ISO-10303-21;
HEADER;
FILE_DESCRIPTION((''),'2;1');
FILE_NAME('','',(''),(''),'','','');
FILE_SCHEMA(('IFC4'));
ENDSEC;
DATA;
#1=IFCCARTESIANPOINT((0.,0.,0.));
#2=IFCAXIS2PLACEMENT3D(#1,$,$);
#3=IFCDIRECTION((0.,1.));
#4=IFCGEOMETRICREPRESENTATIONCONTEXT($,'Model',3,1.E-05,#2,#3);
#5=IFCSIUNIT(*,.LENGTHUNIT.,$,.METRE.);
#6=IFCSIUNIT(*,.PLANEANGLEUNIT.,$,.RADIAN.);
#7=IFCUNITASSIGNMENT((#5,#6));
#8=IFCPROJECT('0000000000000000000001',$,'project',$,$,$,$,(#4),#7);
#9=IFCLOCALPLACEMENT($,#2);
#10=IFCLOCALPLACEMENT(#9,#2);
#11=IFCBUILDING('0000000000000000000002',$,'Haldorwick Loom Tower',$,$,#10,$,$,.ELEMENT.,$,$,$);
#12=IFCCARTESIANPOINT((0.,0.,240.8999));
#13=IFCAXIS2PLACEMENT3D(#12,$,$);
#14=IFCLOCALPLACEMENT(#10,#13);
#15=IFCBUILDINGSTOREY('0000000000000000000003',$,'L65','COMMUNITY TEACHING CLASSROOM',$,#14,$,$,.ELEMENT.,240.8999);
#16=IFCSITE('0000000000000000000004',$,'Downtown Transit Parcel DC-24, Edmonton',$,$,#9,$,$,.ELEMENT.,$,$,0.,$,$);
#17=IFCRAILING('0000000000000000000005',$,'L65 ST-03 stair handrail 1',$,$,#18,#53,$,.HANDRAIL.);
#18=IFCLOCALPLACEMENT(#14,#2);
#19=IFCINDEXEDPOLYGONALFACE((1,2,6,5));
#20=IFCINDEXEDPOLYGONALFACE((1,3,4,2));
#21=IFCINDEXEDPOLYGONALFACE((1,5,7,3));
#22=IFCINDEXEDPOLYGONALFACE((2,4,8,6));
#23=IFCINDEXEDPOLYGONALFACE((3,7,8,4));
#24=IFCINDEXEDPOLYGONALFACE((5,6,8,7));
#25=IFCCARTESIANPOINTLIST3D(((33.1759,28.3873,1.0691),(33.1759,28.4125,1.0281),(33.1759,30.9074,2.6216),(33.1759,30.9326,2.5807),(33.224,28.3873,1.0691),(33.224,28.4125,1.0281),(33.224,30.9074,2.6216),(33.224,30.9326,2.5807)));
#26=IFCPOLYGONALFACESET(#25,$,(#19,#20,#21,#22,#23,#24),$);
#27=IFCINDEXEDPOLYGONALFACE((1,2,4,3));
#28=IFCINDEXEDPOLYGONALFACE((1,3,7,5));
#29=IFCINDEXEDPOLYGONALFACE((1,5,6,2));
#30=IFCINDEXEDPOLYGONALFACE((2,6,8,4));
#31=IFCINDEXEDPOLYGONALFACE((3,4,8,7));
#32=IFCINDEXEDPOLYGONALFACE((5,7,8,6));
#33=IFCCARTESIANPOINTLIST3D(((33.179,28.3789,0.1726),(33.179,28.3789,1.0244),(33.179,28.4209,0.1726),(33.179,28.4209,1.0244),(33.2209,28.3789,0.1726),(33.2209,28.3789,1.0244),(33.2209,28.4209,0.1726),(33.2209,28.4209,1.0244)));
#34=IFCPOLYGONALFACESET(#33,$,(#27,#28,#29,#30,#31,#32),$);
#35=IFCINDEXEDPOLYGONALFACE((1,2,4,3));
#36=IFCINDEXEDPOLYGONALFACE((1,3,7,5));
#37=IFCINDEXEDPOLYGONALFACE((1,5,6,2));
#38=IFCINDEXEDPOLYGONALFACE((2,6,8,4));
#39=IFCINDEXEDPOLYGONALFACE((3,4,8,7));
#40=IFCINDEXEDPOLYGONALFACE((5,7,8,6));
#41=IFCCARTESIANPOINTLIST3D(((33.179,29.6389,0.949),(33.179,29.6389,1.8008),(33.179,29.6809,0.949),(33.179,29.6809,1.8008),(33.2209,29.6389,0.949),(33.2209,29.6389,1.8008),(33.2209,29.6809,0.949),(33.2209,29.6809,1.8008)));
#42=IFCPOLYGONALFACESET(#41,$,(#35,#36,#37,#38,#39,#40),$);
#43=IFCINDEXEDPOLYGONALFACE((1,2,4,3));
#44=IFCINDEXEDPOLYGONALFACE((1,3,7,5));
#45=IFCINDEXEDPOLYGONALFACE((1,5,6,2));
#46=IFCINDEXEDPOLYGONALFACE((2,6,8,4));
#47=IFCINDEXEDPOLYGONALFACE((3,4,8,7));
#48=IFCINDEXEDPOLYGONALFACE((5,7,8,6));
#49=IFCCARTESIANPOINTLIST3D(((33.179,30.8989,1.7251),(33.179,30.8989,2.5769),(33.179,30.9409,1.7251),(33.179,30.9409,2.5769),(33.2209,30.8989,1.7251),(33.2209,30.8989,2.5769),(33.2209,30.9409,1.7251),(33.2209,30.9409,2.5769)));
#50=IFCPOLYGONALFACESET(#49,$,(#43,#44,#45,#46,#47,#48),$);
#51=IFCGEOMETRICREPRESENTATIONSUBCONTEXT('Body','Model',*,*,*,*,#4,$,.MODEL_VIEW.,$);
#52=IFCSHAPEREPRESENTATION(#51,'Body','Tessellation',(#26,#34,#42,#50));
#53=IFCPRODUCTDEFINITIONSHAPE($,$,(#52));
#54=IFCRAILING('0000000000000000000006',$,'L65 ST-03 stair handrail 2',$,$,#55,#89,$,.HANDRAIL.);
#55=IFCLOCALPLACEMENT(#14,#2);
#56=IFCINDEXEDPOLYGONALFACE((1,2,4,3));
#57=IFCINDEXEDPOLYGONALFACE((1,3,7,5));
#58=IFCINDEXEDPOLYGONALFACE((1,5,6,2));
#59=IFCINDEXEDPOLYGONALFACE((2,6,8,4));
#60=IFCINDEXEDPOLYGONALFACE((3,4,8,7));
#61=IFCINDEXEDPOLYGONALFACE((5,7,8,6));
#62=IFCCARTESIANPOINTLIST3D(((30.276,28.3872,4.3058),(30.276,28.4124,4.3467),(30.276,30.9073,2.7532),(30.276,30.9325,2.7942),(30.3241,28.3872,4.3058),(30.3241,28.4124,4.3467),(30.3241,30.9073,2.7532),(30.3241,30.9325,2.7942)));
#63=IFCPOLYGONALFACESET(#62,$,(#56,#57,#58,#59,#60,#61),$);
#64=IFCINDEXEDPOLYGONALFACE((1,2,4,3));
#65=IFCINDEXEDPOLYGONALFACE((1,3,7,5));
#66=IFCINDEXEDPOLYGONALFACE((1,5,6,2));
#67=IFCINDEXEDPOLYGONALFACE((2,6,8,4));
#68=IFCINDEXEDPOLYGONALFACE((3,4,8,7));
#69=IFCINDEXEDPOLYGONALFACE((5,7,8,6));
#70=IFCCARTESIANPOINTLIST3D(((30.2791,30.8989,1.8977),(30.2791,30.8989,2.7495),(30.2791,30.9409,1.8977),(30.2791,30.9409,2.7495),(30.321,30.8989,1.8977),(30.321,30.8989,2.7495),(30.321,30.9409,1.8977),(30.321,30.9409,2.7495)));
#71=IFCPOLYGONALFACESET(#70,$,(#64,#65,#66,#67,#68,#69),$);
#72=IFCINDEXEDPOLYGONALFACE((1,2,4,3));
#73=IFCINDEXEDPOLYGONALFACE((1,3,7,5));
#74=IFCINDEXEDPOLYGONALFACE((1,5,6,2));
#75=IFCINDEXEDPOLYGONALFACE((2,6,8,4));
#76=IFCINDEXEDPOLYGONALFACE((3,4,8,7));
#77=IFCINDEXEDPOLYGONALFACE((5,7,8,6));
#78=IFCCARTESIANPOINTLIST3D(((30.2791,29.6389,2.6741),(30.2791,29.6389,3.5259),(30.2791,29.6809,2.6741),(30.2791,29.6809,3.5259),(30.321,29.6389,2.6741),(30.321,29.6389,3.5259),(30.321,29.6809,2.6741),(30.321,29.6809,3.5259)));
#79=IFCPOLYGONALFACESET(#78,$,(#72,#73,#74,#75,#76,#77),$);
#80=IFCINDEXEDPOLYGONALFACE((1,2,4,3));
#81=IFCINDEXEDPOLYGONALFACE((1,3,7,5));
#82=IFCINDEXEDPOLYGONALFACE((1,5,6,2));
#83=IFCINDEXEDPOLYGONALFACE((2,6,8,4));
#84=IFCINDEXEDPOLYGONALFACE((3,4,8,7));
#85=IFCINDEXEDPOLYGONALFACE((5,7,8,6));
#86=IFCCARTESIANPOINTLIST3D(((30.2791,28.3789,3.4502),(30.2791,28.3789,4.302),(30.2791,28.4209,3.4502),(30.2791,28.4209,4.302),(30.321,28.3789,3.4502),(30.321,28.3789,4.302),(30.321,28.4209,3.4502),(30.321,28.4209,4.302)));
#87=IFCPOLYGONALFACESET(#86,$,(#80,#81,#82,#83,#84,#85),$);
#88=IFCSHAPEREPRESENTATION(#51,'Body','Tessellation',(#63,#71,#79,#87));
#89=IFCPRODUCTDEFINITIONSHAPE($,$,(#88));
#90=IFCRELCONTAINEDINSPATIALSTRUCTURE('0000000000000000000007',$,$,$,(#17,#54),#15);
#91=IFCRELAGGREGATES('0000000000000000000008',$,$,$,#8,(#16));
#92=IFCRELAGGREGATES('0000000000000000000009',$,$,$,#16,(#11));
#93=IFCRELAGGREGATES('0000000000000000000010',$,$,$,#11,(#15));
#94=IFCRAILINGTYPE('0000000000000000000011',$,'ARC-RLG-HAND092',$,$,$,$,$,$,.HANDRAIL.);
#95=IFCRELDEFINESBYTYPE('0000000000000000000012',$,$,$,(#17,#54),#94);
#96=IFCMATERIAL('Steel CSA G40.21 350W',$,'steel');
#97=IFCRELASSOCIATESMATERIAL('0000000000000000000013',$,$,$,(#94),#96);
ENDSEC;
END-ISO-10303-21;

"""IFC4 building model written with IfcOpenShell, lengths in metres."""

from ifc_helpers import new_model, si_unit, direction, frame, origin, origin_2d, place, context, subcontext, project, spatial, rectangle, extrude, material, type_object, element, save


model = new_model("IFC4")

# Units and contexts
model_context = context("Model", 3, precision=1e-05, world=origin(), true_north=direction((0.0, 1.0)))
body_context = subcontext(model_context, "Body", "Model", "MODEL_VIEW")
ifc_project = project(units=[si_unit("LENGTHUNIT", "METRE"), si_unit("PLANEANGLEUNIT", "RADIAN")], contexts=[model_context])

# Site, building, storey
site_placement = place(None, origin())
site = spatial("IfcSite", under=ifc_project, at=site_placement, Name="Downtown Transit Parcel DC-24, Edmonton", CompositionType="ELEMENT", RefElevation=0.0)
building_placement = place(site_placement, origin())
building = spatial("IfcBuilding", under=site, at=building_placement, Name="Haldorwick Loom Tower", CompositionType="ELEMENT")
storey_placement = place(building_placement, frame((0.0, 0.0, 240.8999)))
storey = spatial("IfcBuildingStorey", under=building, at=storey_placement, Name="L65", Description="COMMUNITY TEACHING CLASSROOM", CompositionType="ELEMENT", Elevation=240.8999)

# Shared definitions
ifc_material_1 = material(Name="Steel CSA G40.21 350W", Category="steel")

# Railings
railing_type_1 = type_object("IfcRailingType", Name="ARC-RLG-HAND092", PredefinedType="HANDRAIL", material=ifc_material_1)
railing_1_placement = place(storey_placement, frame((33.2, 28.3999, 0.1726)))
element("IfcRailing", 1, at=railing_1_placement, inside=storey, type_object=railing_type_1, Name="L65 ST-03 stair handrail 1", PredefinedType="HANDRAIL", context=body_context, shape_type="SweptSolid", body=[
    extrude(rectangle(XDim=0.0481, YDim=0.0481, at=origin_2d()), frame((0.0, 0.0, 0.876), z_axis=(0.0, 0.8514, 0.524516), x_axis=(-1.0, 0.0, 0.0)), (0.0, 0.0, 1.0), 2.96),
    extrude(rectangle(XDim=0.042, YDim=0.042, at=origin_2d()), origin(), (0.0, 0.0, 1.0), 0.8518),
    extrude(rectangle(XDim=0.042, YDim=0.042, at=origin_2d()), frame((0.0, 1.26, 0.7764)), (0.0, 0.0, 1.0), 0.8518),
    extrude(rectangle(XDim=0.042, YDim=0.042, at=origin_2d()), frame((0.0, 2.52, 1.5525)), (0.0, 0.0, 1.0), 0.8518),
])
railing_2_placement = place(storey_placement, frame((30.3, 30.9199, 1.8977)))
element("IfcRailing", 2, at=railing_2_placement, inside=storey, type_object=railing_type_1, Name="L65 ST-03 stair handrail 2", PredefinedType="HANDRAIL", context=body_context, shape_type="SweptSolid", body=[
    extrude(rectangle(XDim=0.0481, YDim=0.0481, at=origin_2d()), frame((0.0, 0.0, 0.876), z_axis=(0.0, -0.8514, 0.524516), x_axis=(1.0, 0.0, 0.0)), (0.0, 0.0, 1.0), 2.96),
    extrude(rectangle(XDim=0.042, YDim=0.042, at=origin_2d()), origin(), (0.0, 0.0, 1.0), 0.8518),
    extrude(rectangle(XDim=0.042, YDim=0.042, at=origin_2d()), frame((0.0, -1.26, 0.7764)), (0.0, 0.0, 1.0), 0.8518),
    extrude(rectangle(XDim=0.042, YDim=0.042, at=origin_2d()), frame((0.0, -2.52, 1.5525)), (0.0, 0.0, 1.0), 0.8518),
])

save(model, "model.ifc")
